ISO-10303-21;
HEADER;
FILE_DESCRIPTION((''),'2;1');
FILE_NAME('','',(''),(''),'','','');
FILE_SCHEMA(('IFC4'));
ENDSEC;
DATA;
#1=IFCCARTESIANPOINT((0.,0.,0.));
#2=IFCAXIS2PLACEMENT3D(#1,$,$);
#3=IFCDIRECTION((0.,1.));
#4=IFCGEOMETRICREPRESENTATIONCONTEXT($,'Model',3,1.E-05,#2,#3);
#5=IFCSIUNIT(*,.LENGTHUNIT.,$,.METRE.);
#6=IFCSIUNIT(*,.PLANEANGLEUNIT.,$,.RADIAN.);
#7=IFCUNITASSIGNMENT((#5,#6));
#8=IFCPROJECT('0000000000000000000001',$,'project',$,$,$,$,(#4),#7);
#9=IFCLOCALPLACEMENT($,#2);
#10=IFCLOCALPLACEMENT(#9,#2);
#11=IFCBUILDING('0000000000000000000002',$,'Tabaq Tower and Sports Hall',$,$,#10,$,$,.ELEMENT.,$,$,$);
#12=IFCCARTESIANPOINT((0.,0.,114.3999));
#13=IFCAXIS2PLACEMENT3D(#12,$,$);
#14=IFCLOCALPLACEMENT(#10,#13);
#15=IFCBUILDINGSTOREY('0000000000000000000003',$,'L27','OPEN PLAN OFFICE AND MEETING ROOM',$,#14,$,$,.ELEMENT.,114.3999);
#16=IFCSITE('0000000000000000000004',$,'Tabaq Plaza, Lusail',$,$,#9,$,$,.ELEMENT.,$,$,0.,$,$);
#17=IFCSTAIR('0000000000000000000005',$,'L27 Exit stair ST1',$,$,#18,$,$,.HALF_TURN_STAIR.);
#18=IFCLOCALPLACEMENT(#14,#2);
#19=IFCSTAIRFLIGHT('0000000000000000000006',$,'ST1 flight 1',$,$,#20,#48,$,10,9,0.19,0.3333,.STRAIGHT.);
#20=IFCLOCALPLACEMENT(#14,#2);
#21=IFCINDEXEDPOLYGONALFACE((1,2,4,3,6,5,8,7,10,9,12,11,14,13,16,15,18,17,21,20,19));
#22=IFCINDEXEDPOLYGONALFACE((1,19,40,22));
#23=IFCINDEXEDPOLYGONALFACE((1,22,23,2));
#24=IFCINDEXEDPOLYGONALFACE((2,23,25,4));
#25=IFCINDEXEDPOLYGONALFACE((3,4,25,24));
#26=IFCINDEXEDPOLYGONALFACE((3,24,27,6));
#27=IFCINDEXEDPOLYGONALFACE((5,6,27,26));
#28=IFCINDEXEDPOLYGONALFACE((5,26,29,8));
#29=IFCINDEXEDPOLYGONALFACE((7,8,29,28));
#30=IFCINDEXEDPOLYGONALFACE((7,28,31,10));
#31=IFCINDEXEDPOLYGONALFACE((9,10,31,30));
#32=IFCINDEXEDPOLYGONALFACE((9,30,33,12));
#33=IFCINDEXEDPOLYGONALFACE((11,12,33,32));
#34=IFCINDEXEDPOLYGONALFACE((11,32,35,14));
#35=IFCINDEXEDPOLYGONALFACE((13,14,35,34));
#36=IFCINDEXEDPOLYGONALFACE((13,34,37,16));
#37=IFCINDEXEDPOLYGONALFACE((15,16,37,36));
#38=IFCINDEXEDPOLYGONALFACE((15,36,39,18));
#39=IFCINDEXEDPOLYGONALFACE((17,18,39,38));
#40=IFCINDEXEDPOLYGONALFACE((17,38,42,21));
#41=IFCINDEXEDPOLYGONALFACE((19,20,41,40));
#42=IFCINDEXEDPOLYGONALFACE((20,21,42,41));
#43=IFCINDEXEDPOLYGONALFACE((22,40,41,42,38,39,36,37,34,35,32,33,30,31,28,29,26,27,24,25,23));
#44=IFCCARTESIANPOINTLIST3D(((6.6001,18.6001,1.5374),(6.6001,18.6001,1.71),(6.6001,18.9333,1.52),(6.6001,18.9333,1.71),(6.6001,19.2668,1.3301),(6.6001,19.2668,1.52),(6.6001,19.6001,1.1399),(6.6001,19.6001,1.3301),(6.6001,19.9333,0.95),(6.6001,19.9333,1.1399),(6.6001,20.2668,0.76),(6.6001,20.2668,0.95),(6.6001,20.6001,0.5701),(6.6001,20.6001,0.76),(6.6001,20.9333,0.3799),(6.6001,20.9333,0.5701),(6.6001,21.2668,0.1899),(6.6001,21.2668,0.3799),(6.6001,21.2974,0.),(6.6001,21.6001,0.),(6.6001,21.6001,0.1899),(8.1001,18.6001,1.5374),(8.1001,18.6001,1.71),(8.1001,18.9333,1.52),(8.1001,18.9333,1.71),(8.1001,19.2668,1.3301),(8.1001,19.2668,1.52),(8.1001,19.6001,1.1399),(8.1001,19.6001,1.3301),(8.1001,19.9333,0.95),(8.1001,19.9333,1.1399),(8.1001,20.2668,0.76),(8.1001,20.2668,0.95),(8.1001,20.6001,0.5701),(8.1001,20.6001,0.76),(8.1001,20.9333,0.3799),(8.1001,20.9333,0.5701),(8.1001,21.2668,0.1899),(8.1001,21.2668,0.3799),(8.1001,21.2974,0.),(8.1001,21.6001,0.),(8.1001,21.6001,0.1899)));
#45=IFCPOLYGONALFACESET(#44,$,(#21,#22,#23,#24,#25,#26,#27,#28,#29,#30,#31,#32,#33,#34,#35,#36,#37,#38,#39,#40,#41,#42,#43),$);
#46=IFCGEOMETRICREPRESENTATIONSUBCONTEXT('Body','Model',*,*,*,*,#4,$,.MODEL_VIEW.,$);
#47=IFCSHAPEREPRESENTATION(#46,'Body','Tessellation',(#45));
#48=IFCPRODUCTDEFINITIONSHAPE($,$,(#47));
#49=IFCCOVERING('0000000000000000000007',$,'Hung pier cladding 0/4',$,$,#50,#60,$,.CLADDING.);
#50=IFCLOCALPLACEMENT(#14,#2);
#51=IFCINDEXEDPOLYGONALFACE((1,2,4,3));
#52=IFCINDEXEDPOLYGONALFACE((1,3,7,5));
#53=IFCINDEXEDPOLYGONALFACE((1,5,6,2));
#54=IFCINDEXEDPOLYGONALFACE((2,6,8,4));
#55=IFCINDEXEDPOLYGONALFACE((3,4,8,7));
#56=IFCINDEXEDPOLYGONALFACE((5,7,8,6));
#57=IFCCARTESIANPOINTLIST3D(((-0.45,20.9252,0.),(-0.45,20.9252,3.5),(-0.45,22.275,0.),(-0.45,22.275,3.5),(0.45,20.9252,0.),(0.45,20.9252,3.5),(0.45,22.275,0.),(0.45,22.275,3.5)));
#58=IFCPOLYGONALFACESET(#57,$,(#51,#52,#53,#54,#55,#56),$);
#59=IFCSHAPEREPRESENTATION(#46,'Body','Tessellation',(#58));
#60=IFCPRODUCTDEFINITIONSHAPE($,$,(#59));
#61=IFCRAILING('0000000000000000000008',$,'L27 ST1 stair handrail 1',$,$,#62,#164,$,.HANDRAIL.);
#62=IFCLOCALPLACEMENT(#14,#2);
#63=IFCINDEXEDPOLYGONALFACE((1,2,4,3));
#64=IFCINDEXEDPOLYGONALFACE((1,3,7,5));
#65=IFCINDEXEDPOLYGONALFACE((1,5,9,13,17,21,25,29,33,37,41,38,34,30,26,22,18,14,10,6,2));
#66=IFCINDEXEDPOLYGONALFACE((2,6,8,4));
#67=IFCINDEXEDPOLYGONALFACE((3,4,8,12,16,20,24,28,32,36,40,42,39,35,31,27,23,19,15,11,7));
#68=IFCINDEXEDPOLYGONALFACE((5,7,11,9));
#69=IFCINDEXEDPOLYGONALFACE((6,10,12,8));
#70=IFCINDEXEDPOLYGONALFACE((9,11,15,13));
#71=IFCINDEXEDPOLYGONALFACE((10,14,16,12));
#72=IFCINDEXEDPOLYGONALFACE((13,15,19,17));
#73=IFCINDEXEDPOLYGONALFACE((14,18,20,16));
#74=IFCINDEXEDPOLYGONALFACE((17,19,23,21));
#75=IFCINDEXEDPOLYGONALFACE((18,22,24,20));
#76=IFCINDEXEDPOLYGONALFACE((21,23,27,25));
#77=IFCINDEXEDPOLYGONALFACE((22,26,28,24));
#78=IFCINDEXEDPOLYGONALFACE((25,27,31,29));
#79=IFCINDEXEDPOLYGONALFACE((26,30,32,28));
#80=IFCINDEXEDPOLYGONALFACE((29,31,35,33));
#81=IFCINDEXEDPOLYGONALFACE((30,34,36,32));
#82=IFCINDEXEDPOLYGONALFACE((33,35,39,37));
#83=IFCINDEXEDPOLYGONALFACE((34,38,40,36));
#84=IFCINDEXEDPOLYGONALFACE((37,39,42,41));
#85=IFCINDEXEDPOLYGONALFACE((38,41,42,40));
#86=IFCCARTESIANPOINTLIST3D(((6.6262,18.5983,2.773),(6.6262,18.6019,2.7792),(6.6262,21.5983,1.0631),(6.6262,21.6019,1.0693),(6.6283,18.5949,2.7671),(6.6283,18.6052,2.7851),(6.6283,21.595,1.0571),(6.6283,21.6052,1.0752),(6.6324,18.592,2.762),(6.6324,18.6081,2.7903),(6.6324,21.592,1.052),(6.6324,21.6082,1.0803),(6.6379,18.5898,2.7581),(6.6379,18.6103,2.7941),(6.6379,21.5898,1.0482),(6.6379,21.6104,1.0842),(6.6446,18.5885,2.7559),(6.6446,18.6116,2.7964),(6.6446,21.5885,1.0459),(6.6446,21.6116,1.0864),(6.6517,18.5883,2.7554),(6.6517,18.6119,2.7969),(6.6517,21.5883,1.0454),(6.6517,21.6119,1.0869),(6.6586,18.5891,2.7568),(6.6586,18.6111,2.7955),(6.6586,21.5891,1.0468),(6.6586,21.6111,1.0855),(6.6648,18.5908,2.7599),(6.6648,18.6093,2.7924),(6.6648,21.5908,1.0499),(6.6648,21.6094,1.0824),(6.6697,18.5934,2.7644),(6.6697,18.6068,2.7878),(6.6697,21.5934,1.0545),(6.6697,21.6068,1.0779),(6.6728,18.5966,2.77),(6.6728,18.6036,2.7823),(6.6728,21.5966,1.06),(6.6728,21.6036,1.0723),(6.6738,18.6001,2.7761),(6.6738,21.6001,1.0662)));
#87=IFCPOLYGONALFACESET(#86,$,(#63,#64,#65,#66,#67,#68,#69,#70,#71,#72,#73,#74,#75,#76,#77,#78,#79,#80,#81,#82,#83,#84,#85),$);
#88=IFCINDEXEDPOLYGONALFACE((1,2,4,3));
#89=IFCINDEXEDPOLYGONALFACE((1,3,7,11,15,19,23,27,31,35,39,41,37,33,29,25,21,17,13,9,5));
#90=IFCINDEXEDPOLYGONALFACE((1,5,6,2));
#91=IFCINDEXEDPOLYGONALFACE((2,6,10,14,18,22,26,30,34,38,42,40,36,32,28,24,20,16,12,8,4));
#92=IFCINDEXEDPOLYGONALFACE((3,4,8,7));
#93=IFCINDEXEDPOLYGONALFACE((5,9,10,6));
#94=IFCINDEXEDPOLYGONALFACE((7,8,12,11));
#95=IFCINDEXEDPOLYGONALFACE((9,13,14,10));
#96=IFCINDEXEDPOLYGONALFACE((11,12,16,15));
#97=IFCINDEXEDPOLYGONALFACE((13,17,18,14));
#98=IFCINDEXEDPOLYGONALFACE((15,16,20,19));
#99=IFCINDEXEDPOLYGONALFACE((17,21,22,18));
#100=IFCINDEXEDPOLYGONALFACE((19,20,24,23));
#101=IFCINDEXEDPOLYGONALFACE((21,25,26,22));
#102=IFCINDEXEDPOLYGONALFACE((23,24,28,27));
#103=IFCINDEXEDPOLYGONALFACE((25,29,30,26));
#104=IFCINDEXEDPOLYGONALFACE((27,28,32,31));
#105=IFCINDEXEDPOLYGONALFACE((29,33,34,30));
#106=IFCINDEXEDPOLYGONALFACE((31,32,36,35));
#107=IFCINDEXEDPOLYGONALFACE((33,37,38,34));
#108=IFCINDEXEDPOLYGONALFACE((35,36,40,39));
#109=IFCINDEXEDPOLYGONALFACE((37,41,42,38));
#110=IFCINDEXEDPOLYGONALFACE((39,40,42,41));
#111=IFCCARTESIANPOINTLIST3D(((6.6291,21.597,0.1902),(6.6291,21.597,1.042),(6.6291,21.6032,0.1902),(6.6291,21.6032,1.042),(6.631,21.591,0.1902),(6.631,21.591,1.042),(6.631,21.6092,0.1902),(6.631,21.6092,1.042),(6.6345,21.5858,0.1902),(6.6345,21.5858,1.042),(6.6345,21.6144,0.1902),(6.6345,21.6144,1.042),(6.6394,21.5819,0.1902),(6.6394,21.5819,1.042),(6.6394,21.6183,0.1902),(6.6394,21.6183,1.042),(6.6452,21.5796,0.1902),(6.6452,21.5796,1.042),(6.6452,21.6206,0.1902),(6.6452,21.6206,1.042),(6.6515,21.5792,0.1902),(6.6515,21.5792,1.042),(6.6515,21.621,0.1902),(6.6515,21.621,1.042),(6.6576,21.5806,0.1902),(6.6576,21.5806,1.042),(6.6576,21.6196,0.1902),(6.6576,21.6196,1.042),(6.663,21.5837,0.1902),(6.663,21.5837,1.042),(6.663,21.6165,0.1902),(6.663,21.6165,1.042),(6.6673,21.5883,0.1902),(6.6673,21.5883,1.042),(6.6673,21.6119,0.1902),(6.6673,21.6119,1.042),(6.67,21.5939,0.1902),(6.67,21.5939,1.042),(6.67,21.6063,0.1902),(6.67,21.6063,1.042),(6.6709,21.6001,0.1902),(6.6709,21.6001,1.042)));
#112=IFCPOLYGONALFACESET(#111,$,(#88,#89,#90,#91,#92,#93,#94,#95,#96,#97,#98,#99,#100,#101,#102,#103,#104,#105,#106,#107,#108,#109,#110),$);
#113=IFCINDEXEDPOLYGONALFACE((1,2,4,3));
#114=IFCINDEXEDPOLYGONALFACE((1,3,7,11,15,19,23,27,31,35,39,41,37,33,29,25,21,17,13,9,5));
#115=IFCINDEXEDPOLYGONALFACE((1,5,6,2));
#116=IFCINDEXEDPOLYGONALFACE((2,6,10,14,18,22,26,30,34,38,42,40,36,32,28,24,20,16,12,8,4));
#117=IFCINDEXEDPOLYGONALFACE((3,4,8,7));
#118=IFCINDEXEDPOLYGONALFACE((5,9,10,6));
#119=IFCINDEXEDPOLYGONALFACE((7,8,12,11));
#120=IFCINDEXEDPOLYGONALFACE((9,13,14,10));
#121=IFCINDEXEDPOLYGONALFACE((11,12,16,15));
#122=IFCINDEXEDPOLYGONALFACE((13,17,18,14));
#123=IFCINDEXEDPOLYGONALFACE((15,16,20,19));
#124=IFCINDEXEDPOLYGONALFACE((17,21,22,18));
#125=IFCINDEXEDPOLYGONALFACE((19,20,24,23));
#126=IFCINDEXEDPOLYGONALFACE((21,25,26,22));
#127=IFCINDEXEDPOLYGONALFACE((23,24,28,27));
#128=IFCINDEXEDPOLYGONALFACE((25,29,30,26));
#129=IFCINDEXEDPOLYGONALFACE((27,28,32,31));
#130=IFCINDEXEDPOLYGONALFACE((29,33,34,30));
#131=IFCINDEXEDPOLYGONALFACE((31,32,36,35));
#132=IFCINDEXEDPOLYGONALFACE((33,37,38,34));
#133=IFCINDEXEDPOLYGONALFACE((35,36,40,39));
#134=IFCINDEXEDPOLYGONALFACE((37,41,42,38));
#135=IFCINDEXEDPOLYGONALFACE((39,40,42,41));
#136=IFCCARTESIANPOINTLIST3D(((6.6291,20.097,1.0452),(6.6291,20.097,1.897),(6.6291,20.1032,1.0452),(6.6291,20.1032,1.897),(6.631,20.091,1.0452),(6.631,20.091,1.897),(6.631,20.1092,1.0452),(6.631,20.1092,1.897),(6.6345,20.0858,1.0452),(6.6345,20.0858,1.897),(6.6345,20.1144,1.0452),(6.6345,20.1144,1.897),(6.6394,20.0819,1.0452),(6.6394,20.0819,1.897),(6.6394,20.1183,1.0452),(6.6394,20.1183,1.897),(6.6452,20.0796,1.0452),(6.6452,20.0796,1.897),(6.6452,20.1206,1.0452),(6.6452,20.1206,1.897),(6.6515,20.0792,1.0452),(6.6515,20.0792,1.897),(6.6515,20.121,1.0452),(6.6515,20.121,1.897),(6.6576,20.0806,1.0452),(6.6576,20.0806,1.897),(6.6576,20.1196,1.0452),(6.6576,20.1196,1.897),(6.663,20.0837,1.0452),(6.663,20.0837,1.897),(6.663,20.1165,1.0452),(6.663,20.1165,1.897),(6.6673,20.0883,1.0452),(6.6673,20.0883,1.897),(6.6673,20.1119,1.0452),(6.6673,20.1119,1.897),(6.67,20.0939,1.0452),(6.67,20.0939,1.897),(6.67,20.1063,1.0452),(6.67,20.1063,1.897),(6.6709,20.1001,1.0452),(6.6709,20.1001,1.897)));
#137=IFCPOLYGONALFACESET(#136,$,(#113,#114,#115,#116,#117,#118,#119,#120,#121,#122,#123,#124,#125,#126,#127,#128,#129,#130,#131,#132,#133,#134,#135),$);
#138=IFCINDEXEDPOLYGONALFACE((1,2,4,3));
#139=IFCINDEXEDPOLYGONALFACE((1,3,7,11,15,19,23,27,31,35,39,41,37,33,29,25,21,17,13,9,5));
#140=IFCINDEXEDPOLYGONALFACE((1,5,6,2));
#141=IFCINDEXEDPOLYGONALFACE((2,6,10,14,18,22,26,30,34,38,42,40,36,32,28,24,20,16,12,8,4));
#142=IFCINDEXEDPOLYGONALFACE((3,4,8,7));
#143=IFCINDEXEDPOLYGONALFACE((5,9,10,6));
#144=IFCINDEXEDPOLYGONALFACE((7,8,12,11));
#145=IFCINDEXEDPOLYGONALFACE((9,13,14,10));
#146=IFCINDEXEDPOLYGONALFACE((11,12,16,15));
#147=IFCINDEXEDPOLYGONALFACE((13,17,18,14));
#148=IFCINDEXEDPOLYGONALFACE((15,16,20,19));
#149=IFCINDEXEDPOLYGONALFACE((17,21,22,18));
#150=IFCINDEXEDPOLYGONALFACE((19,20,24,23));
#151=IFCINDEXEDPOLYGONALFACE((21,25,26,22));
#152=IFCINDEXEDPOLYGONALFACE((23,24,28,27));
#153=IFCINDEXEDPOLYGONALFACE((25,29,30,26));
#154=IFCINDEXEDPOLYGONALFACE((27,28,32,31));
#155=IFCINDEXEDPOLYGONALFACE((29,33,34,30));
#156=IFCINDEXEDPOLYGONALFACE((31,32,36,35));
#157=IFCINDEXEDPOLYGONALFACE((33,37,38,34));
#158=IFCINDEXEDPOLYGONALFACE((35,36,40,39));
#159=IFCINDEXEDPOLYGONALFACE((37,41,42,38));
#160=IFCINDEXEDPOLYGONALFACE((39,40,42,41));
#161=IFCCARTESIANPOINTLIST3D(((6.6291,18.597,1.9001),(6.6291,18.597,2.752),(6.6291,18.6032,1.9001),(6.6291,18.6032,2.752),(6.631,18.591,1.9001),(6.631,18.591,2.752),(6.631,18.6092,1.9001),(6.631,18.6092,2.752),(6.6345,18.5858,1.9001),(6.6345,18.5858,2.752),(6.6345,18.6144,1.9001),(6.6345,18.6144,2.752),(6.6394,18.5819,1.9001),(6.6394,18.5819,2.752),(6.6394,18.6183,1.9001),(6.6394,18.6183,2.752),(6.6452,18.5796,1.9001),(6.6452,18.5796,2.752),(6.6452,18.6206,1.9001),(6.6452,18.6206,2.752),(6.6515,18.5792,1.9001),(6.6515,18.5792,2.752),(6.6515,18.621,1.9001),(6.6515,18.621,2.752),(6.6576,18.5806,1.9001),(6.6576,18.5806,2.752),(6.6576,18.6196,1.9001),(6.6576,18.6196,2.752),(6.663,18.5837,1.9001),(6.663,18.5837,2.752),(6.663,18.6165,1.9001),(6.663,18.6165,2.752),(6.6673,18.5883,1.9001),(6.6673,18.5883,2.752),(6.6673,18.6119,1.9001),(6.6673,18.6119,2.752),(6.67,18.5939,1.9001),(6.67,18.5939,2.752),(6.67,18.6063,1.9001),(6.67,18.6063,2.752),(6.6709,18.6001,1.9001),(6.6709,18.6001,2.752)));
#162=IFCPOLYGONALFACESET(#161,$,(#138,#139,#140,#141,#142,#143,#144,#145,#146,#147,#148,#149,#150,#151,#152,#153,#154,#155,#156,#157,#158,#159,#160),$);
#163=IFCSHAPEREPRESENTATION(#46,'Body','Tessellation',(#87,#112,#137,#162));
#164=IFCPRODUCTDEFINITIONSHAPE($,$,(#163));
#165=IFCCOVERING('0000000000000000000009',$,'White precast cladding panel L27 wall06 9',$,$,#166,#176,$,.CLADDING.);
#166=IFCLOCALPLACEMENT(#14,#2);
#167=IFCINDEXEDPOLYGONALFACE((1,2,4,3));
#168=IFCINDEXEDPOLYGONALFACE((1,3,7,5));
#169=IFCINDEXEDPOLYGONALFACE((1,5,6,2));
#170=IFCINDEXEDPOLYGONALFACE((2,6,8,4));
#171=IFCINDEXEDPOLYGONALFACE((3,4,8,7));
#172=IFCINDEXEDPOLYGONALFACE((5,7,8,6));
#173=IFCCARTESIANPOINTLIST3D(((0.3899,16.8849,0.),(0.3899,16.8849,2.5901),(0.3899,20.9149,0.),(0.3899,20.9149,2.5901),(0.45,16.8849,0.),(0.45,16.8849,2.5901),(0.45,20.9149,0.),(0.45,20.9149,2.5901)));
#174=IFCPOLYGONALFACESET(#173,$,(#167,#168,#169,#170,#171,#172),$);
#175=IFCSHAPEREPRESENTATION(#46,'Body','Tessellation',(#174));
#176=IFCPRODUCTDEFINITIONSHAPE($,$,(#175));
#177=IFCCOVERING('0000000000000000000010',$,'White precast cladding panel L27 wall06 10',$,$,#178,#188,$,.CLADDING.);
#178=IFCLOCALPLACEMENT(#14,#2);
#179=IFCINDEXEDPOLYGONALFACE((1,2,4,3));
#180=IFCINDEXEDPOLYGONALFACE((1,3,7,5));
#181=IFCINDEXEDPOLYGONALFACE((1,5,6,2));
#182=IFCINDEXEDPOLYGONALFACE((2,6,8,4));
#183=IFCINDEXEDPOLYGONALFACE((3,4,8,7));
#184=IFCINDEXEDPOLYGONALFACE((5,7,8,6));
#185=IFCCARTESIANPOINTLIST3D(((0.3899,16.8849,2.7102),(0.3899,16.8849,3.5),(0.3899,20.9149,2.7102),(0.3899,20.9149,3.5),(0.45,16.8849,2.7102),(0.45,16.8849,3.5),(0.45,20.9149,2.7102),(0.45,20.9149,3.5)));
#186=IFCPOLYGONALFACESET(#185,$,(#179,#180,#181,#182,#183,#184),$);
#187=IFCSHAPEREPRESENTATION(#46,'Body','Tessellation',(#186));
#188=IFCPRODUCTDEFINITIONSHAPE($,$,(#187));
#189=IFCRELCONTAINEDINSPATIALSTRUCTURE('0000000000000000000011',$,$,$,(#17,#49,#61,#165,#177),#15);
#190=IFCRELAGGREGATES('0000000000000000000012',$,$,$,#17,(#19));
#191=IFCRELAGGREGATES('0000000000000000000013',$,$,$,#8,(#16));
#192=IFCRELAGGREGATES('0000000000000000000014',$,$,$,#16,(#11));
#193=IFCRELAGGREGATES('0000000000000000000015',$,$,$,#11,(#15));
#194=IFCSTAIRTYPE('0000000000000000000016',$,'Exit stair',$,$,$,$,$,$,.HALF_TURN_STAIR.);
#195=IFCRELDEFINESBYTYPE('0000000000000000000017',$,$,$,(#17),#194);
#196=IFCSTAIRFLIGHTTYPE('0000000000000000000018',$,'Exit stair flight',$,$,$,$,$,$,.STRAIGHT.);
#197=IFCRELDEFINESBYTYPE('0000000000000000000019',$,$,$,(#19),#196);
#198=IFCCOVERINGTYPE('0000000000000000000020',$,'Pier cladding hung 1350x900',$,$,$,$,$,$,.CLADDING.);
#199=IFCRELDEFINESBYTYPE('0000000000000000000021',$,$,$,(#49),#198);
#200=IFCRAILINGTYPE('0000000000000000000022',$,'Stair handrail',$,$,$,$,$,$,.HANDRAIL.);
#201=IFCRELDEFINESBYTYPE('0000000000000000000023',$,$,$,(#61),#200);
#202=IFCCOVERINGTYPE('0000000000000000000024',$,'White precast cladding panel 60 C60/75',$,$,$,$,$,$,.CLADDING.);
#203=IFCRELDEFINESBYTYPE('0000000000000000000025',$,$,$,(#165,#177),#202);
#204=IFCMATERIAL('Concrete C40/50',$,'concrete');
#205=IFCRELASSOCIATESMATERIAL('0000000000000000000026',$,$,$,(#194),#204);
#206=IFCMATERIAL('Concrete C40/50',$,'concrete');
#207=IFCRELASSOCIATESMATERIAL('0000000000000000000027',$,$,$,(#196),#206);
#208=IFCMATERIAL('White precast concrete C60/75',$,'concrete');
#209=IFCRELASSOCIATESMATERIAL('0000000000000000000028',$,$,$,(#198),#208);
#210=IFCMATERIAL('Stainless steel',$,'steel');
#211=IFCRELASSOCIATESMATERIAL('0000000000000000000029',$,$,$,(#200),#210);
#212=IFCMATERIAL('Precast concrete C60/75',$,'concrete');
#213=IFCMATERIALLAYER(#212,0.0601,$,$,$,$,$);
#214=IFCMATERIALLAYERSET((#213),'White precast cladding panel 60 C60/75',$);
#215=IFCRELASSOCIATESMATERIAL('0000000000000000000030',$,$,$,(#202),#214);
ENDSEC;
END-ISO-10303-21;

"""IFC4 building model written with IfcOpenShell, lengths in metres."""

from ifc_helpers import new_model, si_unit, direction, frame, frame_2d, origin, origin_2d, place, context, subcontext, project, spatial, polyline, rectangle, circle, outline, extrude, material, layer, layer_set, type_object, element, aggregate, save


model = new_model("IFC4")

# Units and contexts
model_context = context("Model", 3, precision=1e-05, world=origin(), true_north=direction((0.0, 1.0)))
body_context = subcontext(model_context, "Body", "Model", "MODEL_VIEW")
ifc_project = project(units=[si_unit("LENGTHUNIT", "METRE"), si_unit("PLANEANGLEUNIT", "RADIAN")], contexts=[model_context])

# Site, building, storey
site_placement = place(None, origin())
site = spatial("IfcSite", under=ifc_project, at=site_placement, Name="Tabaq Plaza, Lusail", CompositionType="ELEMENT", RefElevation=0.0)
building_placement = place(site_placement, origin())
building = spatial("IfcBuilding", under=site, at=building_placement, Name="Tabaq Tower and Sports Hall", CompositionType="ELEMENT")
storey_placement = place(building_placement, frame((0.0, 0.0, 114.3999)))
storey = spatial("IfcBuildingStorey", under=building, at=storey_placement, Name="L27", Description="OPEN PLAN OFFICE AND MEETING ROOM", CompositionType="ELEMENT", Elevation=114.3999)

# Stair, stair flight
ifc_material_1 = material(Name="Concrete C40/50", Category="concrete")
stair_type = type_object("IfcStairType", Name="Exit stair", PredefinedType="HALF_TURN_STAIR", material=ifc_material_1)
stair_placement = place(storey_placement, origin())
stair = element("IfcStair", 1, at=stair_placement, inside=storey, type_object=stair_type, Name="L27 Exit stair ST1", PredefinedType="HALF_TURN_STAIR")
ifc_material_2 = material(Name="Concrete C40/50", Category="concrete")
stair_flight_type = type_object("IfcStairFlightType", Name="Exit stair flight", PredefinedType="STRAIGHT", material=ifc_material_2)
stair_flight_placement = place(storey_placement, frame((7.3501, 21.6001, 0.0), z_axis=(0.0, 0.0, 1.0), x_axis=(0.0, -1.0, 0.0)))
stair_flight = element("IfcStairFlight", 2, at=stair_flight_placement, type_object=stair_flight_type, Name="ST1 flight 1", NumberOfRisers=10, NumberOfTreads=9, PredefinedType="STRAIGHT", RiserHeight=0.19, TreadLength=0.3333, context=body_context, shape_type="SweptSolid", body=[
    extrude(outline(polyline([(0.0, 0.0), (0.0, 0.1899), (0.3333, 0.1899), (0.3333, 0.3799), (0.6667, 0.3799), (0.6667, 0.5701), (1.0, 0.5701), (1.0, 0.76), (1.3333, 0.76), (1.3333, 0.95), (1.6667, 0.95), (1.6667, 1.1399), (2.0, 1.1399), (2.0, 1.3301), (2.3333, 1.3301), (2.3333, 1.52), (2.6667, 1.52), (2.6667, 1.71), (3.0, 1.71), (3.0, 1.8999), (3.0, 1.5374), (0.3027, 0.0), (0.0, 0.0)])), frame((0.0, 0.75, 0.0), z_axis=(0.0, -1.0, 0.0), x_axis=(1.0, 0.0, 0.0)), (0.0, 0.0, 1.0), 1.5),
])
aggregate(stair, [stair_flight])

# Covering
ifc_material_3 = material(Name="White precast concrete C60/75", Category="concrete")
covering_type_1 = type_object("IfcCoveringType", Name="Pier cladding hung 1350x900", PredefinedType="CLADDING", material=ifc_material_3)
covering_1_placement = place(storey_placement, frame((0.0, 22.2749, 0.0), z_axis=(0.0, 0.0, 1.0), x_axis=(0.0, -1.0, 0.0)))
element("IfcCovering", 3, at=covering_1_placement, inside=storey, type_object=covering_type_1, Name="Hung pier cladding 0/4", PredefinedType="CLADDING", context=body_context, shape_type="SweptSolid", body=[
    extrude(rectangle(XDim=1.3499, YDim=0.8999, at=frame_2d((0.6748, 0.0))), origin(), (0.0, 0.0, 1.0), 3.5),
])

# Railing
ifc_material_4 = material(Name="Stainless steel", Category="steel")
railing_type_1 = type_object("IfcRailingType", Name="Stair handrail", PredefinedType="HANDRAIL", material=ifc_material_4)
railing_1_placement = place(storey_placement, frame((6.6499, 21.6001, 0.1902)))
element("IfcRailing", 4, at=railing_1_placement, inside=storey, type_object=railing_type_1, Name="L27 ST1 stair handrail 1", PredefinedType="HANDRAIL", context=body_context, shape_type="SweptSolid", body=[
    extrude(circle(Radius=0.0239, at=origin_2d()), frame((0.0, 0.0, 0.876), z_axis=(0.0, -0.868782, 0.495195), x_axis=(1.0, 0.0, 0.0)), (0.0, 0.0, 1.0), 3.4531),
    extrude(circle(Radius=0.021, at=origin_2d()), origin(), (0.0, 0.0, 1.0), 0.8518),
    extrude(circle(Radius=0.021, at=origin_2d()), frame((0.0, -1.5, 0.855)), (0.0, 0.0, 1.0), 0.8518),
    extrude(circle(Radius=0.021, at=origin_2d()), frame((0.0, -3.0, 1.71)), (0.0, 0.0, 1.0), 0.8518),
])

# Coverings
ifc_material_5 = material(Name="Precast concrete C60/75", Category="concrete")
ifc_layer_1 = layer(ifc_material_5, 0.0601)
ifc_layer_set_1 = layer_set([ifc_layer_1], Name="White precast cladding panel 60 C60/75")
covering_type_2 = type_object("IfcCoveringType", Name="White precast cladding panel 60 C60/75", PredefinedType="CLADDING", material=ifc_layer_set_1)
covering_2_placement = place(storey_placement, frame((0.4199, 20.915, 0.0), z_axis=(0.0, 0.0, 1.0), x_axis=(0.0, -1.0, 0.0)))
element("IfcCovering", 5, at=covering_2_placement, inside=storey, type_object=covering_type_2, Name="White precast cladding panel L27 wall06 9", PredefinedType="CLADDING", context=body_context, shape_type="SweptSolid", body=[
    extrude(rectangle(XDim=4.03, YDim=0.0601, at=frame_2d((2.0151, 0.0))), origin(), (0.0, 0.0, 1.0), 2.5901),
])
covering_3_placement = place(storey_placement, frame((0.4199, 20.915, 2.7102), z_axis=(0.0, 0.0, 1.0), x_axis=(0.0, -1.0, 0.0)))
element("IfcCovering", 6, at=covering_3_placement, inside=storey, type_object=covering_type_2, Name="White precast cladding panel L27 wall06 10", PredefinedType="CLADDING", context=body_context, shape_type="SweptSolid", body=[
    extrude(rectangle(XDim=4.03, YDim=0.0601, at=frame_2d((2.0151, 0.0))), origin(), (0.0, 0.0, 1.0), 0.7898),
])

save(model, "model.ifc")
